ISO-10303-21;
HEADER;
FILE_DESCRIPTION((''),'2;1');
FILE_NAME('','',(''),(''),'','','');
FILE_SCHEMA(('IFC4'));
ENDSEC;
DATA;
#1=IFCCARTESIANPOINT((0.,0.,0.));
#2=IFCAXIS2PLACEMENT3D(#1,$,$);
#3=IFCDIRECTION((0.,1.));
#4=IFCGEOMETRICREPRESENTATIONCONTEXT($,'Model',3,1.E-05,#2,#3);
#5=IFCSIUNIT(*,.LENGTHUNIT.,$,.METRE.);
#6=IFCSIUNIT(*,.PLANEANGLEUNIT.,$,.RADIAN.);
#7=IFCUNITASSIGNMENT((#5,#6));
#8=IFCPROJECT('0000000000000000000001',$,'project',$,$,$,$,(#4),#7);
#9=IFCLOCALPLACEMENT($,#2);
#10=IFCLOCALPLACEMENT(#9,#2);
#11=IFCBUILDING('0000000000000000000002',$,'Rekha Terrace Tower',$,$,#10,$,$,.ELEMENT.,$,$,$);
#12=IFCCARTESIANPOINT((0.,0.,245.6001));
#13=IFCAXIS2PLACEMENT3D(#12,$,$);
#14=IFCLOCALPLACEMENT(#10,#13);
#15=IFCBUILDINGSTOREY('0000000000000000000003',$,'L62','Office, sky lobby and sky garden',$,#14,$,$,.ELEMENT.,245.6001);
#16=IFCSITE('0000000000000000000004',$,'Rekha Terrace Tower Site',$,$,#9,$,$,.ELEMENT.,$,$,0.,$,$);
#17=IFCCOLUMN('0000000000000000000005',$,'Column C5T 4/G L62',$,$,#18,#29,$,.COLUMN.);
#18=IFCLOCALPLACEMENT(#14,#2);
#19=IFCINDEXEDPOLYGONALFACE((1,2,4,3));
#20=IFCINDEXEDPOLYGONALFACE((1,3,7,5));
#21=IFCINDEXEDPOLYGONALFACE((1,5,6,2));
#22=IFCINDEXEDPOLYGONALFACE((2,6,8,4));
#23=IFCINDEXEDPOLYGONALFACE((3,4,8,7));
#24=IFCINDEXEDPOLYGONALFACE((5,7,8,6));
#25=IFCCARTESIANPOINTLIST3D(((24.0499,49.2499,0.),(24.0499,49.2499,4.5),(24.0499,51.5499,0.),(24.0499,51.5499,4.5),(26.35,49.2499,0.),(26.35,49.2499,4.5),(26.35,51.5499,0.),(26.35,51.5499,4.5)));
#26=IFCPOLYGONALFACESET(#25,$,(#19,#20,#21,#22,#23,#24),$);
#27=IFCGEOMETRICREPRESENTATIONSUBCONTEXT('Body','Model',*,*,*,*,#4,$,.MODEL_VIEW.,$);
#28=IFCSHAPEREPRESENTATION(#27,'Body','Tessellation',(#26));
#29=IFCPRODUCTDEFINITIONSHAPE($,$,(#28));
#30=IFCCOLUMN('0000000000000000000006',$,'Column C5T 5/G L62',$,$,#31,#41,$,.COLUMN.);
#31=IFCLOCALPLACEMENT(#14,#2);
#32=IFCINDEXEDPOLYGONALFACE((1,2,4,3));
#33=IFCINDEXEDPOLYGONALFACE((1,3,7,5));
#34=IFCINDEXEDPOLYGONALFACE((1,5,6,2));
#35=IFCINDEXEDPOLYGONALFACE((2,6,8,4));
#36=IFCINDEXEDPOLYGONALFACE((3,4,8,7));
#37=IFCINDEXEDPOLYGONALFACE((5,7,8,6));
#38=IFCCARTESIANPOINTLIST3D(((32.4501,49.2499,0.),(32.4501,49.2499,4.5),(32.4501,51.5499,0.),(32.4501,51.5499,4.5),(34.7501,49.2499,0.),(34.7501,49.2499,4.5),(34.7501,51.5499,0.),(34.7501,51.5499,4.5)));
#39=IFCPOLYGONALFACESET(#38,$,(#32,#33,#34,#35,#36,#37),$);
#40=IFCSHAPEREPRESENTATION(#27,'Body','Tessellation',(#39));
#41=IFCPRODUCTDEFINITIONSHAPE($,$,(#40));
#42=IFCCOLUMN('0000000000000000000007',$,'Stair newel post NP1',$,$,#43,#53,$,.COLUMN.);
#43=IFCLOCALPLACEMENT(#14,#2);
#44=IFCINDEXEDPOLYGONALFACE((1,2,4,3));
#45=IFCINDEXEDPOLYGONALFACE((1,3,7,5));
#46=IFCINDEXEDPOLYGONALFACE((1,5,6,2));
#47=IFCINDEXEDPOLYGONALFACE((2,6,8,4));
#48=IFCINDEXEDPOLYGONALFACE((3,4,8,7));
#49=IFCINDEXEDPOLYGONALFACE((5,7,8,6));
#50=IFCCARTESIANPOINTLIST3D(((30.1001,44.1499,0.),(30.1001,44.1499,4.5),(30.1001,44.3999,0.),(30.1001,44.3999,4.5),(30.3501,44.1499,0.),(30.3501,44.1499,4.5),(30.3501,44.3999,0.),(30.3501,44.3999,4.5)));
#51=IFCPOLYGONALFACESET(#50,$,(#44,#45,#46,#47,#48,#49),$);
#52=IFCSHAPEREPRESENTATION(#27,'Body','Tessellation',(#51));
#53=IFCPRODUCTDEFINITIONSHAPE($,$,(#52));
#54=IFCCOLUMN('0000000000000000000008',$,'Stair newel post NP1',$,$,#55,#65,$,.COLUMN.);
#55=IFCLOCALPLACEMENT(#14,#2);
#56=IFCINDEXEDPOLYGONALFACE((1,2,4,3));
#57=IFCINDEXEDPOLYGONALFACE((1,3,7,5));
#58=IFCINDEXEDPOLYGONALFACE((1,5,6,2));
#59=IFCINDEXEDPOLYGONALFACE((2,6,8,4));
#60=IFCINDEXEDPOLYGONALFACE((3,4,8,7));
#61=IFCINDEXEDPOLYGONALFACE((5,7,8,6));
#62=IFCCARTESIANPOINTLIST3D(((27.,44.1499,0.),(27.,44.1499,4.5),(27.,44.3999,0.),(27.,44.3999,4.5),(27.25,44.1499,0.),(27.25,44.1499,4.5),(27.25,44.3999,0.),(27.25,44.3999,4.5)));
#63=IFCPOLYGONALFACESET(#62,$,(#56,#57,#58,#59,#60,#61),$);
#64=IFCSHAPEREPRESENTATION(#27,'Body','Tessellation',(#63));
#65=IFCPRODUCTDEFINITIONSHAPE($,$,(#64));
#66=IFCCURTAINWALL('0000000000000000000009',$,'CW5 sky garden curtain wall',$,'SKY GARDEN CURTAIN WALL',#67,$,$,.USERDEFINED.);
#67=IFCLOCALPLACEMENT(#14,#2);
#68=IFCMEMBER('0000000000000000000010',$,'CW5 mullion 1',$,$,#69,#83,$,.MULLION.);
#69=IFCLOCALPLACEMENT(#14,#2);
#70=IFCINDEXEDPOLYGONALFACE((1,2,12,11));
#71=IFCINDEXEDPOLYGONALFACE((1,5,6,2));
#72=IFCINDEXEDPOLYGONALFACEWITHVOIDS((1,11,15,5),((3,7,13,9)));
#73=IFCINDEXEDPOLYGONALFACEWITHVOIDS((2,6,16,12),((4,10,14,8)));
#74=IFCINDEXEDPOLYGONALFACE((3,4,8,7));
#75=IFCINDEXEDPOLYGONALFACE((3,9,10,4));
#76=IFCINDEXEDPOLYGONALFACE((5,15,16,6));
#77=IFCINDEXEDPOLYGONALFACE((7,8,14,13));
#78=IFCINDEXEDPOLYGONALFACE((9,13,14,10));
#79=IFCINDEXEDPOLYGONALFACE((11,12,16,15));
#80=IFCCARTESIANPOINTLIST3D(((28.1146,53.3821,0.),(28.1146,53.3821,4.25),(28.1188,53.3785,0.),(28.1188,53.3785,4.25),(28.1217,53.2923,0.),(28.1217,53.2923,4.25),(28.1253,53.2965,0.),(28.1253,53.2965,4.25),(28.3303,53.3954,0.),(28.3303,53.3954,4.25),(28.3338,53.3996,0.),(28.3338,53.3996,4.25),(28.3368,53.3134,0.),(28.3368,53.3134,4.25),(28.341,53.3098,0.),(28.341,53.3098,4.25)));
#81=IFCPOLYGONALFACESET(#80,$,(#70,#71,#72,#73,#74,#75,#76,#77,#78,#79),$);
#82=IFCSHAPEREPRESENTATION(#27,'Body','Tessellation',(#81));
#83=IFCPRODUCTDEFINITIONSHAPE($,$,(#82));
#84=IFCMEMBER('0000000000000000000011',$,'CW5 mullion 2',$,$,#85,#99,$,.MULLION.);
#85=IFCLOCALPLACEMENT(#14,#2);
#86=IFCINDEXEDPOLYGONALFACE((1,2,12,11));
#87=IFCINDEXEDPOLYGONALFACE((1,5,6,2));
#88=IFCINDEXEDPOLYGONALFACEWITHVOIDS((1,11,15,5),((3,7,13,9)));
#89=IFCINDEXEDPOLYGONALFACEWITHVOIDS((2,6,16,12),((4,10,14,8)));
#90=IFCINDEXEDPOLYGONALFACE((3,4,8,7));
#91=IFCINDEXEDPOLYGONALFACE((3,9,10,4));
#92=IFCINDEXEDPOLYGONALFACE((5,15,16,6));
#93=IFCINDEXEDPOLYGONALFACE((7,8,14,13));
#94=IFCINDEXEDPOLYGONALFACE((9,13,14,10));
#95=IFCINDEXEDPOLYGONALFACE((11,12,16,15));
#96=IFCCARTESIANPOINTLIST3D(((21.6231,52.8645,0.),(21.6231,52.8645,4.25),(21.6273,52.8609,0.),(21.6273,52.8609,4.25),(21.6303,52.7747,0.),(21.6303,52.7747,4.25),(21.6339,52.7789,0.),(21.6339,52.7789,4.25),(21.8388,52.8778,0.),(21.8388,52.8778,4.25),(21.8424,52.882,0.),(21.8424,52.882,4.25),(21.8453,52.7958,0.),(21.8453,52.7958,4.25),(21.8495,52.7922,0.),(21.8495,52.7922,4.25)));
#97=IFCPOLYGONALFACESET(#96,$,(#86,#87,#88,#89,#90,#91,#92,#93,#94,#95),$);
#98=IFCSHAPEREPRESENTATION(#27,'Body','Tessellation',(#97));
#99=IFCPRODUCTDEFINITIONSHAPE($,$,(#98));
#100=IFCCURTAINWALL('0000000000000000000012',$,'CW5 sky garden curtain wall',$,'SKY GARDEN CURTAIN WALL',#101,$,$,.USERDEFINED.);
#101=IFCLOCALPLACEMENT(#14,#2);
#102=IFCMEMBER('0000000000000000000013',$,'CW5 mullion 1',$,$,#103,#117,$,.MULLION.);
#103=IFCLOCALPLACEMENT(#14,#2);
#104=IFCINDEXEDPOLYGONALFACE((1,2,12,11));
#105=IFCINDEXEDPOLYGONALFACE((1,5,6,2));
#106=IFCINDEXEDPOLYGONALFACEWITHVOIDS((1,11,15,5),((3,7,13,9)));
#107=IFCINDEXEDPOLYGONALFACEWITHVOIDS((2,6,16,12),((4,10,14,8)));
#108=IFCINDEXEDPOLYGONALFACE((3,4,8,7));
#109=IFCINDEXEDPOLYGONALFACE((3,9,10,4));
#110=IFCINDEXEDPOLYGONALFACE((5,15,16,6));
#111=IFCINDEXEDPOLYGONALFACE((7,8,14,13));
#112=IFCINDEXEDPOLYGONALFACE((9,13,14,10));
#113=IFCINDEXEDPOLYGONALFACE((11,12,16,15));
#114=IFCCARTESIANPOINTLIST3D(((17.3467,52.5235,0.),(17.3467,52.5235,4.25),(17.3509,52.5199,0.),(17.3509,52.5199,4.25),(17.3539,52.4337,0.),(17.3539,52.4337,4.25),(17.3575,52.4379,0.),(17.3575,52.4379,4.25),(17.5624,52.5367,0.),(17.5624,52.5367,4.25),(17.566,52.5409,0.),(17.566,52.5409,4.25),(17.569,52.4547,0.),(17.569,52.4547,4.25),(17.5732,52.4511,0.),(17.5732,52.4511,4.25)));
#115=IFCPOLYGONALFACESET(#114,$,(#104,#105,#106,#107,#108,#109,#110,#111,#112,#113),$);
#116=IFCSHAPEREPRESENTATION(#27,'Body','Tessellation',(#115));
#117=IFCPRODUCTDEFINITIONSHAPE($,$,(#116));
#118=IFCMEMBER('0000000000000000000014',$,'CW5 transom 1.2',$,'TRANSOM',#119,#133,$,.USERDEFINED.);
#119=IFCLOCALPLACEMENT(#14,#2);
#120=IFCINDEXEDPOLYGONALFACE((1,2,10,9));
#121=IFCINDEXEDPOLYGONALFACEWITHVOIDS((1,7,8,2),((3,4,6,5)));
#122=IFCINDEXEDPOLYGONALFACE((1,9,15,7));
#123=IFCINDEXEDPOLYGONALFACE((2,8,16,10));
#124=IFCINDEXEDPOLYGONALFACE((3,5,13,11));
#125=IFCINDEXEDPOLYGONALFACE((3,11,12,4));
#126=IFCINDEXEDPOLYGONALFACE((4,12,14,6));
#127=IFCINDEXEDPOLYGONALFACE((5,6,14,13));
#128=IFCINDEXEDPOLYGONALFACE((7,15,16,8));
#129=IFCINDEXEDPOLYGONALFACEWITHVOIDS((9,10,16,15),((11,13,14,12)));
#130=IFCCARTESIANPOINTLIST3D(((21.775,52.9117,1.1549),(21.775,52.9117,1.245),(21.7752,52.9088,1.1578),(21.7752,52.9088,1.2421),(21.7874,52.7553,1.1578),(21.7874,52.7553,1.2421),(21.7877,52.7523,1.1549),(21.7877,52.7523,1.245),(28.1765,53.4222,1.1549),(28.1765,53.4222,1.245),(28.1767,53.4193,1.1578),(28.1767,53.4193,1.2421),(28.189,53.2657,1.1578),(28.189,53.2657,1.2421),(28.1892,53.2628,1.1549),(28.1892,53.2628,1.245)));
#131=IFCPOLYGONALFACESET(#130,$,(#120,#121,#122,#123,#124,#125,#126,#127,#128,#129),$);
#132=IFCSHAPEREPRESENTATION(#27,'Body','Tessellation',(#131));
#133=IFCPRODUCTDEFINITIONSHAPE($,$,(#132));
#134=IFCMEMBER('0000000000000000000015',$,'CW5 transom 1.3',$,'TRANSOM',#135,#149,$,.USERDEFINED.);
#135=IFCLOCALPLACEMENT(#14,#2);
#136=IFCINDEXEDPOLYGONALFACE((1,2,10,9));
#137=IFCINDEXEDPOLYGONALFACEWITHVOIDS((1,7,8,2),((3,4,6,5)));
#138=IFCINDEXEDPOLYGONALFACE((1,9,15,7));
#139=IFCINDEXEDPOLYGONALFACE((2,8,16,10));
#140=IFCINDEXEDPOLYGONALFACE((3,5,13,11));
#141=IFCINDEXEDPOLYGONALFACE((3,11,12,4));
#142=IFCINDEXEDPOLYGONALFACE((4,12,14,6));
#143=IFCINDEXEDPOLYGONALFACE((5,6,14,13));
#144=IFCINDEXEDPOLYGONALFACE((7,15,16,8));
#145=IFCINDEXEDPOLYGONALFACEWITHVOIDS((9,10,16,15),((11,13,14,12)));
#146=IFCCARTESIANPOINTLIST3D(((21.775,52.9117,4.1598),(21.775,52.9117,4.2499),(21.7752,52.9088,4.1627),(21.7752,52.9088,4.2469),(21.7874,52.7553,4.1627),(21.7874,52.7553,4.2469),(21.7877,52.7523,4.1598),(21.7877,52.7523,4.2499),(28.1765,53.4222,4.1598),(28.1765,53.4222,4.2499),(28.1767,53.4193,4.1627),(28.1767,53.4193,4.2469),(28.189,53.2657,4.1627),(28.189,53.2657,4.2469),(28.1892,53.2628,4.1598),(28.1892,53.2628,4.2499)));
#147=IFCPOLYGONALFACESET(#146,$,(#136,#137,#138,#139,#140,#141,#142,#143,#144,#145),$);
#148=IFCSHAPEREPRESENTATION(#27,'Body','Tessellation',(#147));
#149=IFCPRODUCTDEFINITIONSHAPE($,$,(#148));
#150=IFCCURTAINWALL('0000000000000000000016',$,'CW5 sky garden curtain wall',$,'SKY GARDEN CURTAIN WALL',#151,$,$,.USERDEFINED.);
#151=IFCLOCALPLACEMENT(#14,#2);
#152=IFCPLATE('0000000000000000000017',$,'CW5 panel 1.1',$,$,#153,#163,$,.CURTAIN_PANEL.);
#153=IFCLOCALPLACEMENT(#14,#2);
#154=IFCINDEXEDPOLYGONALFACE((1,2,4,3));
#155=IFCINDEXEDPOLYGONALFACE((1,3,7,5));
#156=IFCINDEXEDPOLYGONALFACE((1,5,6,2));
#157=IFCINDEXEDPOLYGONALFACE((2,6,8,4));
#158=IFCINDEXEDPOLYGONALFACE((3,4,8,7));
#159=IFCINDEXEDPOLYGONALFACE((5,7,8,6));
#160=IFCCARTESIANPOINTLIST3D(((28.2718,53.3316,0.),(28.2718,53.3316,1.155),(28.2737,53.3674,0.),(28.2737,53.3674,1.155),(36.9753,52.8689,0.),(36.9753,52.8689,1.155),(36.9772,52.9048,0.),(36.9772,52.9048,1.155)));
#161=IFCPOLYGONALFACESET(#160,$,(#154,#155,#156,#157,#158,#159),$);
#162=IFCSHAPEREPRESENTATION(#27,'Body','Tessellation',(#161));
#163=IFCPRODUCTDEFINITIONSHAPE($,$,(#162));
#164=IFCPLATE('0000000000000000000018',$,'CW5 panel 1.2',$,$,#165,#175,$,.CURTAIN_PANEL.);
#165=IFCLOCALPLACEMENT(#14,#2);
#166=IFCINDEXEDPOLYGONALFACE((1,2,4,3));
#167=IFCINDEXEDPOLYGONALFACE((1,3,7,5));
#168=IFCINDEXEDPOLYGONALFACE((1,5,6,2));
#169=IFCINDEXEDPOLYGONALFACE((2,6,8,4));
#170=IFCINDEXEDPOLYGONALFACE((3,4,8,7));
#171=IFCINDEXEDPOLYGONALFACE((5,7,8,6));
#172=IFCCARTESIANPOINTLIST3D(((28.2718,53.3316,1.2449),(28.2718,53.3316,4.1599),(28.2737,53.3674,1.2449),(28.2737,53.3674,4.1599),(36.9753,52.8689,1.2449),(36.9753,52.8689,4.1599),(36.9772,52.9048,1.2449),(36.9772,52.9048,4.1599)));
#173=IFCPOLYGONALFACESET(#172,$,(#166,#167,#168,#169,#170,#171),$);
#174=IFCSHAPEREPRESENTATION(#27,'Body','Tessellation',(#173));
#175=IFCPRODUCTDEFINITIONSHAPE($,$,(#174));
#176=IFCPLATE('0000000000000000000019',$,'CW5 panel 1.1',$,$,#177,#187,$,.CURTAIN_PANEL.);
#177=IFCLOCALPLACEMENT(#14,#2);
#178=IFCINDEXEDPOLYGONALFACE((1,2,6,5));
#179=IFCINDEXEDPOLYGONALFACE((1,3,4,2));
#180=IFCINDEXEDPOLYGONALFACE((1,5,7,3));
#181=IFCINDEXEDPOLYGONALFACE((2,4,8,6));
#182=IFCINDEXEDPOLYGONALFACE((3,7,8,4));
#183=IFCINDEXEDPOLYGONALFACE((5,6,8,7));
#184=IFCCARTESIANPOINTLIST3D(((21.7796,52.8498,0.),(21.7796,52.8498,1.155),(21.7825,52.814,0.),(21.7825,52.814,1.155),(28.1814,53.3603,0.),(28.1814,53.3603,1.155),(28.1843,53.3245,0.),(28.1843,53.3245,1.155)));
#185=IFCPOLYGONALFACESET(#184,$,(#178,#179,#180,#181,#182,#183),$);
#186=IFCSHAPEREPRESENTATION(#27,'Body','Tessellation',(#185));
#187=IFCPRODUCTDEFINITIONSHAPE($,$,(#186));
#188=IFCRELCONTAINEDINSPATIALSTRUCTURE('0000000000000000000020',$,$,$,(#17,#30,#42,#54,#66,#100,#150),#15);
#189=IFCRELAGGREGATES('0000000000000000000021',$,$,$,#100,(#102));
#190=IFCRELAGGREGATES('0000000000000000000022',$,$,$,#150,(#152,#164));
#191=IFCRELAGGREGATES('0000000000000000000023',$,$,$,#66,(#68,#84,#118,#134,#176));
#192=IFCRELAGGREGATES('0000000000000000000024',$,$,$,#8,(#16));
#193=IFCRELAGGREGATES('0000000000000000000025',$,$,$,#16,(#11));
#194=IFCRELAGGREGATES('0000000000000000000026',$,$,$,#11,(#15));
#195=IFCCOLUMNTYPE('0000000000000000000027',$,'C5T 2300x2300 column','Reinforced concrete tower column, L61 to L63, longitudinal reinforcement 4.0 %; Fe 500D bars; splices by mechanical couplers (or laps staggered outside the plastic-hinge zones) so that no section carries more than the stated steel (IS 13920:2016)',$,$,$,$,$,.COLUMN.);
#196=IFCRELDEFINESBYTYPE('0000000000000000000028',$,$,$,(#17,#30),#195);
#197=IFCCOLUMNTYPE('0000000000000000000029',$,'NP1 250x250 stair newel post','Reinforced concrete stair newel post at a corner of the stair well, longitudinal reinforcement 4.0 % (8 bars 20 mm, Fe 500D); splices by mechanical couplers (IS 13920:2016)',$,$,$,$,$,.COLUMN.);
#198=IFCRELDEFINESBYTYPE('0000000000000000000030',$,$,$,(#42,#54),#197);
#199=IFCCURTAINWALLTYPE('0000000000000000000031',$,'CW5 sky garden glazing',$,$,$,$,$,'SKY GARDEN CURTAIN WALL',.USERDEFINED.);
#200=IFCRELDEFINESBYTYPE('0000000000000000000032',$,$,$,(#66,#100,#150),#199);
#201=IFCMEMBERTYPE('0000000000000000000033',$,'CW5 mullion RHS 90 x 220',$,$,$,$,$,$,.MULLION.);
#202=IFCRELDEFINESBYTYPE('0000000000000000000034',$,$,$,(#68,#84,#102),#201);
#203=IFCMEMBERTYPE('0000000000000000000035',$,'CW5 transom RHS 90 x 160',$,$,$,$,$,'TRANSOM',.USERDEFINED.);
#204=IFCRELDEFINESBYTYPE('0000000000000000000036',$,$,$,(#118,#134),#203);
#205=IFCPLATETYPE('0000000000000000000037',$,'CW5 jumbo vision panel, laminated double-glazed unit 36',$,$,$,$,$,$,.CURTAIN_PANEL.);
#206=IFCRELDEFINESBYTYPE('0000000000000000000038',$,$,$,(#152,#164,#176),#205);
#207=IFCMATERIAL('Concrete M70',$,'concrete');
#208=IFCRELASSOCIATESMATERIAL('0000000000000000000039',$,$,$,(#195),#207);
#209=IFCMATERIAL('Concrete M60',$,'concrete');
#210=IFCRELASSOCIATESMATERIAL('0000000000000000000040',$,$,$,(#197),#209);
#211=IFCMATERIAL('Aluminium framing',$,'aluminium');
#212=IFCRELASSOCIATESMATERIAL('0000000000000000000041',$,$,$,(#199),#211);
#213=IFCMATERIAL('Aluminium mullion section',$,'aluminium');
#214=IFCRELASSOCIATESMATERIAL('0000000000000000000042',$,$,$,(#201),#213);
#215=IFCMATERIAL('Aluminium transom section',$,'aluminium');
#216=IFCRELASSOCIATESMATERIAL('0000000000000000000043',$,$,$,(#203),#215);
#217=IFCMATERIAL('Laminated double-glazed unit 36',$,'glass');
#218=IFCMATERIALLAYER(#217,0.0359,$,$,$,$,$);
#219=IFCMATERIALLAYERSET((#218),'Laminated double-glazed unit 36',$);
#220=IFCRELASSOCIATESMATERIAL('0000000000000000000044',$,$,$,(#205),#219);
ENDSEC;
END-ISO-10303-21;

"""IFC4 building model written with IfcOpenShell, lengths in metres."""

from ifc_helpers import new_model, si_unit, direction, frame, origin, origin_2d, place, context, subcontext, project, spatial, rectangle, hollow_rectangle, extrude, material, layer, layer_set, material_profile, profile_set, type_object, element, aggregate, save


model = new_model("IFC4")

# Units and contexts
model_context = context("Model", 3, precision=1e-05, world=origin(), true_north=direction((0.0, 1.0)))
body_context = subcontext(model_context, "Body", "Model", "MODEL_VIEW")
ifc_project = project(units=[si_unit("LENGTHUNIT", "METRE"), si_unit("PLANEANGLEUNIT", "RADIAN")], contexts=[model_context])

# Site, building, storey
site_placement = place(None, origin())
site = spatial("IfcSite", under=ifc_project, at=site_placement, Name="Rekha Terrace Tower Site", CompositionType="ELEMENT", RefElevation=0.0)
building_placement = place(site_placement, origin())
building = spatial("IfcBuilding", under=site, at=building_placement, Name="Rekha Terrace Tower", CompositionType="ELEMENT")
storey_placement = place(building_placement, frame((0.0, 0.0, 245.6001)))
storey = spatial("IfcBuildingStorey", under=building, at=storey_placement, Name="L62", Description="Office, sky lobby and sky garden", CompositionType="ELEMENT", Elevation=245.6001)

# Columns
ifc_material_1 = material(Name="Concrete M70", Category="concrete")
ifc_material_profile_1 = material_profile(ifc_material_1, rectangle(XDim=2.3, YDim=2.3, at=origin_2d()), Name="RC 2300x2300")
ifc_profile_set_1 = profile_set([ifc_material_profile_1], Name="Concrete M70")
column_type_1 = type_object("IfcColumnType", Name="C5T 2300x2300 column", Description="Reinforced concrete tower column, L61 to L63, longitudinal reinforcement 4.0 %; Fe 500D bars; splices by mechanical couplers (or laps staggered outside the plastic-hinge zones) so that no section carries more than the stated steel (IS 13920:2016)", PredefinedType="COLUMN", material=ifc_profile_set_1)
for number, where, z_axis, x_axis, name in (
    (1, (25.2, 50.3999, 0.0), (0.0, 0.0, 1.0), (1.0, 0.0, 0.0), "Column C5T 4/G L62"),
    (2, (33.6001, 50.3999, 0.0), (0.0, 0.0, 1.0), (1.0, 0.0, 0.0), "Column C5T 5/G L62"),
):
    element("IfcColumn", number, at=place(storey_placement, frame(where, z_axis=z_axis, x_axis=x_axis)), inside=storey, type_object=column_type_1, Name=name, PredefinedType="COLUMN", context=body_context, shape_type="SweptSolid", body=[
        extrude(rectangle(XDim=2.3, YDim=2.3, at=origin_2d()), origin(), (0.0, 0.0, 1.0), 4.5),
    ])
ifc_material_2 = material(Name="Concrete M60", Category="concrete")
ifc_material_profile_2 = material_profile(ifc_material_2, rectangle(XDim=0.25, YDim=0.25, at=origin_2d()), Name="RC 250x250")
ifc_profile_set_2 = profile_set([ifc_material_profile_2], Name="Concrete M60")
column_type_2 = type_object("IfcColumnType", Name="NP1 250x250 stair newel post", Description="Reinforced concrete stair newel post at a corner of the stair well, longitudinal reinforcement 4.0 % (8 bars 20 mm, Fe 500D); splices by mechanical couplers (IS 13920:2016)", PredefinedType="COLUMN", material=ifc_profile_set_2)
for number, where, z_axis, x_axis, name in (
    (3, (30.2251, 44.2749, 0.0), (0.0, 0.0, 1.0), (1.0, 0.0, 0.0), "Stair newel post NP1"),
    (4, (27.125, 44.2749, 0.0), (0.0, 0.0, 1.0), (1.0, 0.0, 0.0), "Stair newel post NP1"),
):
    element("IfcColumn", number, at=place(storey_placement, frame(where, z_axis=z_axis, x_axis=x_axis)), inside=storey, type_object=column_type_2, Name=name, PredefinedType="COLUMN", context=body_context, shape_type="SweptSolid", body=[
        extrude(rectangle(XDim=0.25, YDim=0.25, at=origin_2d()), origin(), (0.0, 0.0, 1.0), 4.5),
    ])

# Curtain wall, members
ifc_material_3 = material(Name="Aluminium framing", Category="aluminium")
curtain_wall_type = type_object("IfcCurtainWallType", Name="CW5 sky garden glazing", ElementType="SKY GARDEN CURTAIN WALL", PredefinedType="USERDEFINED", material=ifc_material_3)
curtain_wall_1_placement = place(storey_placement, origin())
curtain_wall_1 = element("IfcCurtainWall", 5, at=curtain_wall_1_placement, inside=storey, type_object=curtain_wall_type, Name="CW5 sky garden curtain wall", ObjectType="SKY GARDEN CURTAIN WALL", PredefinedType="USERDEFINED")
ifc_material_4 = material(Name="Aluminium mullion section", Category="aluminium")
ifc_material_profile_3 = material_profile(ifc_material_4, hollow_rectangle(XDim=0.0901, YDim=0.22, WallThickness=0.0039, at=origin_2d()), Name="AL RHS 90x220")
ifc_profile_set_3 = profile_set([ifc_material_profile_3], Name="Aluminium mullion section")
member_type_1 = type_object("IfcMemberType", Name="CW5 mullion RHS 90 x 220", PredefinedType="MULLION", material=ifc_profile_set_3)
member_1_placement = place(storey_placement, frame((28.2278, 53.3459, 0.0), z_axis=(0.0, 0.0, 1.0), x_axis=(0.079485, -0.996836, 0.0)))
member_1 = element("IfcMember", 6, at=member_1_placement, type_object=member_type_1, Name="CW5 mullion 1", PredefinedType="MULLION", context=body_context, shape_type="SweptSolid", body=[
    extrude(hollow_rectangle(XDim=0.0901, YDim=0.22, WallThickness=0.0039, at=origin_2d()), origin(), (0.0, 0.0, 1.0), 4.25),
])
member_2_placement = place(storey_placement, frame((21.7363, 52.8284, 0.0), z_axis=(0.0, 0.0, 1.0), x_axis=(0.079485, -0.996836, 0.0)))
member_2 = element("IfcMember", 7, at=member_2_placement, type_object=member_type_1, Name="CW5 mullion 2", PredefinedType="MULLION", context=body_context, shape_type="SweptSolid", body=[
    extrude(hollow_rectangle(XDim=0.0901, YDim=0.22, WallThickness=0.0039, at=origin_2d()), origin(), (0.0, 0.0, 1.0), 4.25),
])

# Curtain wall, member
curtain_wall_2_placement = place(storey_placement, origin())
curtain_wall_2 = element("IfcCurtainWall", 8, at=curtain_wall_2_placement, inside=storey, type_object=curtain_wall_type, Name="CW5 sky garden curtain wall", ObjectType="SKY GARDEN CURTAIN WALL", PredefinedType="USERDEFINED")
member_3_placement = place(storey_placement, frame((17.46, 52.4873, 0.0), z_axis=(0.0, 0.0, 1.0), x_axis=(0.079485, -0.996836, 0.0)))
member_3 = element("IfcMember", 9, at=member_3_placement, type_object=member_type_1, Name="CW5 mullion 1", PredefinedType="MULLION", context=body_context, shape_type="SweptSolid", body=[
    extrude(hollow_rectangle(XDim=0.0901, YDim=0.22, WallThickness=0.0039, at=origin_2d()), origin(), (0.0, 0.0, 1.0), 4.25),
])
aggregate(curtain_wall_2, [member_3])

# Members
ifc_material_5 = material(Name="Aluminium transom section", Category="aluminium")
ifc_material_profile_4 = material_profile(ifc_material_5, hollow_rectangle(XDim=0.1599, YDim=0.0901, WallThickness=0.0029, at=origin_2d()), Name="AL RHS 160x90")
ifc_profile_set_4 = profile_set([ifc_material_profile_4], Name="Aluminium transom section")
member_type_2 = type_object("IfcMemberType", Name="CW5 transom RHS 90 x 160", ElementType="TRANSOM", PredefinedType="USERDEFINED", material=ifc_profile_set_4)
member_4_placement = place(storey_placement, frame((28.1829, 53.3425, 1.2), z_axis=(-0.996835, -0.079493, 0.0), x_axis=(0.079493, -0.996835, 0.0)))
member_4 = element("IfcMember", 10, at=member_4_placement, type_object=member_type_2, Name="CW5 transom 1.2", ObjectType="TRANSOM", PredefinedType="USERDEFINED", context=body_context, shape_type="SweptSolid", body=[
    extrude(hollow_rectangle(XDim=0.1599, YDim=0.0901, WallThickness=0.0029, at=origin_2d()), origin(), (0.0, 0.0, 1.0), 6.4219),
])
member_5_placement = place(storey_placement, frame((28.1829, 53.3425, 4.2048), z_axis=(-0.996835, -0.079493, 0.0), x_axis=(0.079493, -0.996835, 0.0)))
member_5 = element("IfcMember", 11, at=member_5_placement, type_object=member_type_2, Name="CW5 transom 1.3", ObjectType="TRANSOM", PredefinedType="USERDEFINED", context=body_context, shape_type="SweptSolid", body=[
    extrude(hollow_rectangle(XDim=0.1599, YDim=0.0901, WallThickness=0.0029, at=origin_2d()), origin(), (0.0, 0.0, 1.0), 6.4219),
])

# Curtain wall, plates
curtain_wall_3_placement = place(storey_placement, origin())
curtain_wall_3 = element("IfcCurtainWall", 12, at=curtain_wall_3_placement, inside=storey, type_object=curtain_wall_type, Name="CW5 sky garden curtain wall", ObjectType="SKY GARDEN CURTAIN WALL", PredefinedType="USERDEFINED")
ifc_material_6 = material(Name="Laminated double-glazed unit 36", Category="glass")
ifc_layer_1 = layer(ifc_material_6, 0.0359)
ifc_layer_set_1 = layer_set([ifc_layer_1], Name="Laminated double-glazed unit 36")
plate_type = type_object("IfcPlateType", Name="CW5 jumbo vision panel, laminated double-glazed unit 36", PredefinedType="CURTAIN_PANEL", material=ifc_layer_set_1)
plate_1_placement = place(storey_placement, frame((32.6245, 53.1182, 0.0), z_axis=(0.0, 0.0, 1.0), x_axis=(-0.99859, 0.053083, 0.0)))
plate_1 = element("IfcPlate", 13, at=plate_1_placement, type_object=plate_type, Name="CW5 panel 1.1", PredefinedType="CURTAIN_PANEL", context=body_context, shape_type="SweptSolid", body=[
    extrude(rectangle(XDim=8.7158, YDim=0.0359, at=origin_2d()), origin(), (0.0, 0.0, 1.0), 1.155),
])
plate_2_placement = place(storey_placement, frame((32.6245, 53.1182, 1.2449), z_axis=(0.0, 0.0, 1.0), x_axis=(-0.99859, 0.053083, 0.0)))
plate_2 = element("IfcPlate", 14, at=plate_2_placement, type_object=plate_type, Name="CW5 panel 1.2", PredefinedType="CURTAIN_PANEL", context=body_context, shape_type="SweptSolid", body=[
    extrude(rectangle(XDim=8.7158, YDim=0.0359, at=origin_2d()), origin(), (0.0, 0.0, 1.0), 2.915),
])
aggregate(curtain_wall_3, [plate_1, plate_2])

# Plate
plate_3_placement = place(storey_placement, frame((24.9819, 53.0872, 0.0), z_axis=(0.0, 0.0, 1.0), x_axis=(-0.996836, -0.079485, 0.0)))
plate_3 = element("IfcPlate", 15, at=plate_3_placement, type_object=plate_type, Name="CW5 panel 1.1", PredefinedType="CURTAIN_PANEL", context=body_context, shape_type="SweptSolid", body=[
    extrude(rectangle(XDim=6.4221, YDim=0.0359, at=origin_2d()), origin(), (0.0, 0.0, 1.0), 1.155),
])
aggregate(curtain_wall_1, [member_1, member_2, member_4, member_5, plate_3])

save(model, "model.ifc")
